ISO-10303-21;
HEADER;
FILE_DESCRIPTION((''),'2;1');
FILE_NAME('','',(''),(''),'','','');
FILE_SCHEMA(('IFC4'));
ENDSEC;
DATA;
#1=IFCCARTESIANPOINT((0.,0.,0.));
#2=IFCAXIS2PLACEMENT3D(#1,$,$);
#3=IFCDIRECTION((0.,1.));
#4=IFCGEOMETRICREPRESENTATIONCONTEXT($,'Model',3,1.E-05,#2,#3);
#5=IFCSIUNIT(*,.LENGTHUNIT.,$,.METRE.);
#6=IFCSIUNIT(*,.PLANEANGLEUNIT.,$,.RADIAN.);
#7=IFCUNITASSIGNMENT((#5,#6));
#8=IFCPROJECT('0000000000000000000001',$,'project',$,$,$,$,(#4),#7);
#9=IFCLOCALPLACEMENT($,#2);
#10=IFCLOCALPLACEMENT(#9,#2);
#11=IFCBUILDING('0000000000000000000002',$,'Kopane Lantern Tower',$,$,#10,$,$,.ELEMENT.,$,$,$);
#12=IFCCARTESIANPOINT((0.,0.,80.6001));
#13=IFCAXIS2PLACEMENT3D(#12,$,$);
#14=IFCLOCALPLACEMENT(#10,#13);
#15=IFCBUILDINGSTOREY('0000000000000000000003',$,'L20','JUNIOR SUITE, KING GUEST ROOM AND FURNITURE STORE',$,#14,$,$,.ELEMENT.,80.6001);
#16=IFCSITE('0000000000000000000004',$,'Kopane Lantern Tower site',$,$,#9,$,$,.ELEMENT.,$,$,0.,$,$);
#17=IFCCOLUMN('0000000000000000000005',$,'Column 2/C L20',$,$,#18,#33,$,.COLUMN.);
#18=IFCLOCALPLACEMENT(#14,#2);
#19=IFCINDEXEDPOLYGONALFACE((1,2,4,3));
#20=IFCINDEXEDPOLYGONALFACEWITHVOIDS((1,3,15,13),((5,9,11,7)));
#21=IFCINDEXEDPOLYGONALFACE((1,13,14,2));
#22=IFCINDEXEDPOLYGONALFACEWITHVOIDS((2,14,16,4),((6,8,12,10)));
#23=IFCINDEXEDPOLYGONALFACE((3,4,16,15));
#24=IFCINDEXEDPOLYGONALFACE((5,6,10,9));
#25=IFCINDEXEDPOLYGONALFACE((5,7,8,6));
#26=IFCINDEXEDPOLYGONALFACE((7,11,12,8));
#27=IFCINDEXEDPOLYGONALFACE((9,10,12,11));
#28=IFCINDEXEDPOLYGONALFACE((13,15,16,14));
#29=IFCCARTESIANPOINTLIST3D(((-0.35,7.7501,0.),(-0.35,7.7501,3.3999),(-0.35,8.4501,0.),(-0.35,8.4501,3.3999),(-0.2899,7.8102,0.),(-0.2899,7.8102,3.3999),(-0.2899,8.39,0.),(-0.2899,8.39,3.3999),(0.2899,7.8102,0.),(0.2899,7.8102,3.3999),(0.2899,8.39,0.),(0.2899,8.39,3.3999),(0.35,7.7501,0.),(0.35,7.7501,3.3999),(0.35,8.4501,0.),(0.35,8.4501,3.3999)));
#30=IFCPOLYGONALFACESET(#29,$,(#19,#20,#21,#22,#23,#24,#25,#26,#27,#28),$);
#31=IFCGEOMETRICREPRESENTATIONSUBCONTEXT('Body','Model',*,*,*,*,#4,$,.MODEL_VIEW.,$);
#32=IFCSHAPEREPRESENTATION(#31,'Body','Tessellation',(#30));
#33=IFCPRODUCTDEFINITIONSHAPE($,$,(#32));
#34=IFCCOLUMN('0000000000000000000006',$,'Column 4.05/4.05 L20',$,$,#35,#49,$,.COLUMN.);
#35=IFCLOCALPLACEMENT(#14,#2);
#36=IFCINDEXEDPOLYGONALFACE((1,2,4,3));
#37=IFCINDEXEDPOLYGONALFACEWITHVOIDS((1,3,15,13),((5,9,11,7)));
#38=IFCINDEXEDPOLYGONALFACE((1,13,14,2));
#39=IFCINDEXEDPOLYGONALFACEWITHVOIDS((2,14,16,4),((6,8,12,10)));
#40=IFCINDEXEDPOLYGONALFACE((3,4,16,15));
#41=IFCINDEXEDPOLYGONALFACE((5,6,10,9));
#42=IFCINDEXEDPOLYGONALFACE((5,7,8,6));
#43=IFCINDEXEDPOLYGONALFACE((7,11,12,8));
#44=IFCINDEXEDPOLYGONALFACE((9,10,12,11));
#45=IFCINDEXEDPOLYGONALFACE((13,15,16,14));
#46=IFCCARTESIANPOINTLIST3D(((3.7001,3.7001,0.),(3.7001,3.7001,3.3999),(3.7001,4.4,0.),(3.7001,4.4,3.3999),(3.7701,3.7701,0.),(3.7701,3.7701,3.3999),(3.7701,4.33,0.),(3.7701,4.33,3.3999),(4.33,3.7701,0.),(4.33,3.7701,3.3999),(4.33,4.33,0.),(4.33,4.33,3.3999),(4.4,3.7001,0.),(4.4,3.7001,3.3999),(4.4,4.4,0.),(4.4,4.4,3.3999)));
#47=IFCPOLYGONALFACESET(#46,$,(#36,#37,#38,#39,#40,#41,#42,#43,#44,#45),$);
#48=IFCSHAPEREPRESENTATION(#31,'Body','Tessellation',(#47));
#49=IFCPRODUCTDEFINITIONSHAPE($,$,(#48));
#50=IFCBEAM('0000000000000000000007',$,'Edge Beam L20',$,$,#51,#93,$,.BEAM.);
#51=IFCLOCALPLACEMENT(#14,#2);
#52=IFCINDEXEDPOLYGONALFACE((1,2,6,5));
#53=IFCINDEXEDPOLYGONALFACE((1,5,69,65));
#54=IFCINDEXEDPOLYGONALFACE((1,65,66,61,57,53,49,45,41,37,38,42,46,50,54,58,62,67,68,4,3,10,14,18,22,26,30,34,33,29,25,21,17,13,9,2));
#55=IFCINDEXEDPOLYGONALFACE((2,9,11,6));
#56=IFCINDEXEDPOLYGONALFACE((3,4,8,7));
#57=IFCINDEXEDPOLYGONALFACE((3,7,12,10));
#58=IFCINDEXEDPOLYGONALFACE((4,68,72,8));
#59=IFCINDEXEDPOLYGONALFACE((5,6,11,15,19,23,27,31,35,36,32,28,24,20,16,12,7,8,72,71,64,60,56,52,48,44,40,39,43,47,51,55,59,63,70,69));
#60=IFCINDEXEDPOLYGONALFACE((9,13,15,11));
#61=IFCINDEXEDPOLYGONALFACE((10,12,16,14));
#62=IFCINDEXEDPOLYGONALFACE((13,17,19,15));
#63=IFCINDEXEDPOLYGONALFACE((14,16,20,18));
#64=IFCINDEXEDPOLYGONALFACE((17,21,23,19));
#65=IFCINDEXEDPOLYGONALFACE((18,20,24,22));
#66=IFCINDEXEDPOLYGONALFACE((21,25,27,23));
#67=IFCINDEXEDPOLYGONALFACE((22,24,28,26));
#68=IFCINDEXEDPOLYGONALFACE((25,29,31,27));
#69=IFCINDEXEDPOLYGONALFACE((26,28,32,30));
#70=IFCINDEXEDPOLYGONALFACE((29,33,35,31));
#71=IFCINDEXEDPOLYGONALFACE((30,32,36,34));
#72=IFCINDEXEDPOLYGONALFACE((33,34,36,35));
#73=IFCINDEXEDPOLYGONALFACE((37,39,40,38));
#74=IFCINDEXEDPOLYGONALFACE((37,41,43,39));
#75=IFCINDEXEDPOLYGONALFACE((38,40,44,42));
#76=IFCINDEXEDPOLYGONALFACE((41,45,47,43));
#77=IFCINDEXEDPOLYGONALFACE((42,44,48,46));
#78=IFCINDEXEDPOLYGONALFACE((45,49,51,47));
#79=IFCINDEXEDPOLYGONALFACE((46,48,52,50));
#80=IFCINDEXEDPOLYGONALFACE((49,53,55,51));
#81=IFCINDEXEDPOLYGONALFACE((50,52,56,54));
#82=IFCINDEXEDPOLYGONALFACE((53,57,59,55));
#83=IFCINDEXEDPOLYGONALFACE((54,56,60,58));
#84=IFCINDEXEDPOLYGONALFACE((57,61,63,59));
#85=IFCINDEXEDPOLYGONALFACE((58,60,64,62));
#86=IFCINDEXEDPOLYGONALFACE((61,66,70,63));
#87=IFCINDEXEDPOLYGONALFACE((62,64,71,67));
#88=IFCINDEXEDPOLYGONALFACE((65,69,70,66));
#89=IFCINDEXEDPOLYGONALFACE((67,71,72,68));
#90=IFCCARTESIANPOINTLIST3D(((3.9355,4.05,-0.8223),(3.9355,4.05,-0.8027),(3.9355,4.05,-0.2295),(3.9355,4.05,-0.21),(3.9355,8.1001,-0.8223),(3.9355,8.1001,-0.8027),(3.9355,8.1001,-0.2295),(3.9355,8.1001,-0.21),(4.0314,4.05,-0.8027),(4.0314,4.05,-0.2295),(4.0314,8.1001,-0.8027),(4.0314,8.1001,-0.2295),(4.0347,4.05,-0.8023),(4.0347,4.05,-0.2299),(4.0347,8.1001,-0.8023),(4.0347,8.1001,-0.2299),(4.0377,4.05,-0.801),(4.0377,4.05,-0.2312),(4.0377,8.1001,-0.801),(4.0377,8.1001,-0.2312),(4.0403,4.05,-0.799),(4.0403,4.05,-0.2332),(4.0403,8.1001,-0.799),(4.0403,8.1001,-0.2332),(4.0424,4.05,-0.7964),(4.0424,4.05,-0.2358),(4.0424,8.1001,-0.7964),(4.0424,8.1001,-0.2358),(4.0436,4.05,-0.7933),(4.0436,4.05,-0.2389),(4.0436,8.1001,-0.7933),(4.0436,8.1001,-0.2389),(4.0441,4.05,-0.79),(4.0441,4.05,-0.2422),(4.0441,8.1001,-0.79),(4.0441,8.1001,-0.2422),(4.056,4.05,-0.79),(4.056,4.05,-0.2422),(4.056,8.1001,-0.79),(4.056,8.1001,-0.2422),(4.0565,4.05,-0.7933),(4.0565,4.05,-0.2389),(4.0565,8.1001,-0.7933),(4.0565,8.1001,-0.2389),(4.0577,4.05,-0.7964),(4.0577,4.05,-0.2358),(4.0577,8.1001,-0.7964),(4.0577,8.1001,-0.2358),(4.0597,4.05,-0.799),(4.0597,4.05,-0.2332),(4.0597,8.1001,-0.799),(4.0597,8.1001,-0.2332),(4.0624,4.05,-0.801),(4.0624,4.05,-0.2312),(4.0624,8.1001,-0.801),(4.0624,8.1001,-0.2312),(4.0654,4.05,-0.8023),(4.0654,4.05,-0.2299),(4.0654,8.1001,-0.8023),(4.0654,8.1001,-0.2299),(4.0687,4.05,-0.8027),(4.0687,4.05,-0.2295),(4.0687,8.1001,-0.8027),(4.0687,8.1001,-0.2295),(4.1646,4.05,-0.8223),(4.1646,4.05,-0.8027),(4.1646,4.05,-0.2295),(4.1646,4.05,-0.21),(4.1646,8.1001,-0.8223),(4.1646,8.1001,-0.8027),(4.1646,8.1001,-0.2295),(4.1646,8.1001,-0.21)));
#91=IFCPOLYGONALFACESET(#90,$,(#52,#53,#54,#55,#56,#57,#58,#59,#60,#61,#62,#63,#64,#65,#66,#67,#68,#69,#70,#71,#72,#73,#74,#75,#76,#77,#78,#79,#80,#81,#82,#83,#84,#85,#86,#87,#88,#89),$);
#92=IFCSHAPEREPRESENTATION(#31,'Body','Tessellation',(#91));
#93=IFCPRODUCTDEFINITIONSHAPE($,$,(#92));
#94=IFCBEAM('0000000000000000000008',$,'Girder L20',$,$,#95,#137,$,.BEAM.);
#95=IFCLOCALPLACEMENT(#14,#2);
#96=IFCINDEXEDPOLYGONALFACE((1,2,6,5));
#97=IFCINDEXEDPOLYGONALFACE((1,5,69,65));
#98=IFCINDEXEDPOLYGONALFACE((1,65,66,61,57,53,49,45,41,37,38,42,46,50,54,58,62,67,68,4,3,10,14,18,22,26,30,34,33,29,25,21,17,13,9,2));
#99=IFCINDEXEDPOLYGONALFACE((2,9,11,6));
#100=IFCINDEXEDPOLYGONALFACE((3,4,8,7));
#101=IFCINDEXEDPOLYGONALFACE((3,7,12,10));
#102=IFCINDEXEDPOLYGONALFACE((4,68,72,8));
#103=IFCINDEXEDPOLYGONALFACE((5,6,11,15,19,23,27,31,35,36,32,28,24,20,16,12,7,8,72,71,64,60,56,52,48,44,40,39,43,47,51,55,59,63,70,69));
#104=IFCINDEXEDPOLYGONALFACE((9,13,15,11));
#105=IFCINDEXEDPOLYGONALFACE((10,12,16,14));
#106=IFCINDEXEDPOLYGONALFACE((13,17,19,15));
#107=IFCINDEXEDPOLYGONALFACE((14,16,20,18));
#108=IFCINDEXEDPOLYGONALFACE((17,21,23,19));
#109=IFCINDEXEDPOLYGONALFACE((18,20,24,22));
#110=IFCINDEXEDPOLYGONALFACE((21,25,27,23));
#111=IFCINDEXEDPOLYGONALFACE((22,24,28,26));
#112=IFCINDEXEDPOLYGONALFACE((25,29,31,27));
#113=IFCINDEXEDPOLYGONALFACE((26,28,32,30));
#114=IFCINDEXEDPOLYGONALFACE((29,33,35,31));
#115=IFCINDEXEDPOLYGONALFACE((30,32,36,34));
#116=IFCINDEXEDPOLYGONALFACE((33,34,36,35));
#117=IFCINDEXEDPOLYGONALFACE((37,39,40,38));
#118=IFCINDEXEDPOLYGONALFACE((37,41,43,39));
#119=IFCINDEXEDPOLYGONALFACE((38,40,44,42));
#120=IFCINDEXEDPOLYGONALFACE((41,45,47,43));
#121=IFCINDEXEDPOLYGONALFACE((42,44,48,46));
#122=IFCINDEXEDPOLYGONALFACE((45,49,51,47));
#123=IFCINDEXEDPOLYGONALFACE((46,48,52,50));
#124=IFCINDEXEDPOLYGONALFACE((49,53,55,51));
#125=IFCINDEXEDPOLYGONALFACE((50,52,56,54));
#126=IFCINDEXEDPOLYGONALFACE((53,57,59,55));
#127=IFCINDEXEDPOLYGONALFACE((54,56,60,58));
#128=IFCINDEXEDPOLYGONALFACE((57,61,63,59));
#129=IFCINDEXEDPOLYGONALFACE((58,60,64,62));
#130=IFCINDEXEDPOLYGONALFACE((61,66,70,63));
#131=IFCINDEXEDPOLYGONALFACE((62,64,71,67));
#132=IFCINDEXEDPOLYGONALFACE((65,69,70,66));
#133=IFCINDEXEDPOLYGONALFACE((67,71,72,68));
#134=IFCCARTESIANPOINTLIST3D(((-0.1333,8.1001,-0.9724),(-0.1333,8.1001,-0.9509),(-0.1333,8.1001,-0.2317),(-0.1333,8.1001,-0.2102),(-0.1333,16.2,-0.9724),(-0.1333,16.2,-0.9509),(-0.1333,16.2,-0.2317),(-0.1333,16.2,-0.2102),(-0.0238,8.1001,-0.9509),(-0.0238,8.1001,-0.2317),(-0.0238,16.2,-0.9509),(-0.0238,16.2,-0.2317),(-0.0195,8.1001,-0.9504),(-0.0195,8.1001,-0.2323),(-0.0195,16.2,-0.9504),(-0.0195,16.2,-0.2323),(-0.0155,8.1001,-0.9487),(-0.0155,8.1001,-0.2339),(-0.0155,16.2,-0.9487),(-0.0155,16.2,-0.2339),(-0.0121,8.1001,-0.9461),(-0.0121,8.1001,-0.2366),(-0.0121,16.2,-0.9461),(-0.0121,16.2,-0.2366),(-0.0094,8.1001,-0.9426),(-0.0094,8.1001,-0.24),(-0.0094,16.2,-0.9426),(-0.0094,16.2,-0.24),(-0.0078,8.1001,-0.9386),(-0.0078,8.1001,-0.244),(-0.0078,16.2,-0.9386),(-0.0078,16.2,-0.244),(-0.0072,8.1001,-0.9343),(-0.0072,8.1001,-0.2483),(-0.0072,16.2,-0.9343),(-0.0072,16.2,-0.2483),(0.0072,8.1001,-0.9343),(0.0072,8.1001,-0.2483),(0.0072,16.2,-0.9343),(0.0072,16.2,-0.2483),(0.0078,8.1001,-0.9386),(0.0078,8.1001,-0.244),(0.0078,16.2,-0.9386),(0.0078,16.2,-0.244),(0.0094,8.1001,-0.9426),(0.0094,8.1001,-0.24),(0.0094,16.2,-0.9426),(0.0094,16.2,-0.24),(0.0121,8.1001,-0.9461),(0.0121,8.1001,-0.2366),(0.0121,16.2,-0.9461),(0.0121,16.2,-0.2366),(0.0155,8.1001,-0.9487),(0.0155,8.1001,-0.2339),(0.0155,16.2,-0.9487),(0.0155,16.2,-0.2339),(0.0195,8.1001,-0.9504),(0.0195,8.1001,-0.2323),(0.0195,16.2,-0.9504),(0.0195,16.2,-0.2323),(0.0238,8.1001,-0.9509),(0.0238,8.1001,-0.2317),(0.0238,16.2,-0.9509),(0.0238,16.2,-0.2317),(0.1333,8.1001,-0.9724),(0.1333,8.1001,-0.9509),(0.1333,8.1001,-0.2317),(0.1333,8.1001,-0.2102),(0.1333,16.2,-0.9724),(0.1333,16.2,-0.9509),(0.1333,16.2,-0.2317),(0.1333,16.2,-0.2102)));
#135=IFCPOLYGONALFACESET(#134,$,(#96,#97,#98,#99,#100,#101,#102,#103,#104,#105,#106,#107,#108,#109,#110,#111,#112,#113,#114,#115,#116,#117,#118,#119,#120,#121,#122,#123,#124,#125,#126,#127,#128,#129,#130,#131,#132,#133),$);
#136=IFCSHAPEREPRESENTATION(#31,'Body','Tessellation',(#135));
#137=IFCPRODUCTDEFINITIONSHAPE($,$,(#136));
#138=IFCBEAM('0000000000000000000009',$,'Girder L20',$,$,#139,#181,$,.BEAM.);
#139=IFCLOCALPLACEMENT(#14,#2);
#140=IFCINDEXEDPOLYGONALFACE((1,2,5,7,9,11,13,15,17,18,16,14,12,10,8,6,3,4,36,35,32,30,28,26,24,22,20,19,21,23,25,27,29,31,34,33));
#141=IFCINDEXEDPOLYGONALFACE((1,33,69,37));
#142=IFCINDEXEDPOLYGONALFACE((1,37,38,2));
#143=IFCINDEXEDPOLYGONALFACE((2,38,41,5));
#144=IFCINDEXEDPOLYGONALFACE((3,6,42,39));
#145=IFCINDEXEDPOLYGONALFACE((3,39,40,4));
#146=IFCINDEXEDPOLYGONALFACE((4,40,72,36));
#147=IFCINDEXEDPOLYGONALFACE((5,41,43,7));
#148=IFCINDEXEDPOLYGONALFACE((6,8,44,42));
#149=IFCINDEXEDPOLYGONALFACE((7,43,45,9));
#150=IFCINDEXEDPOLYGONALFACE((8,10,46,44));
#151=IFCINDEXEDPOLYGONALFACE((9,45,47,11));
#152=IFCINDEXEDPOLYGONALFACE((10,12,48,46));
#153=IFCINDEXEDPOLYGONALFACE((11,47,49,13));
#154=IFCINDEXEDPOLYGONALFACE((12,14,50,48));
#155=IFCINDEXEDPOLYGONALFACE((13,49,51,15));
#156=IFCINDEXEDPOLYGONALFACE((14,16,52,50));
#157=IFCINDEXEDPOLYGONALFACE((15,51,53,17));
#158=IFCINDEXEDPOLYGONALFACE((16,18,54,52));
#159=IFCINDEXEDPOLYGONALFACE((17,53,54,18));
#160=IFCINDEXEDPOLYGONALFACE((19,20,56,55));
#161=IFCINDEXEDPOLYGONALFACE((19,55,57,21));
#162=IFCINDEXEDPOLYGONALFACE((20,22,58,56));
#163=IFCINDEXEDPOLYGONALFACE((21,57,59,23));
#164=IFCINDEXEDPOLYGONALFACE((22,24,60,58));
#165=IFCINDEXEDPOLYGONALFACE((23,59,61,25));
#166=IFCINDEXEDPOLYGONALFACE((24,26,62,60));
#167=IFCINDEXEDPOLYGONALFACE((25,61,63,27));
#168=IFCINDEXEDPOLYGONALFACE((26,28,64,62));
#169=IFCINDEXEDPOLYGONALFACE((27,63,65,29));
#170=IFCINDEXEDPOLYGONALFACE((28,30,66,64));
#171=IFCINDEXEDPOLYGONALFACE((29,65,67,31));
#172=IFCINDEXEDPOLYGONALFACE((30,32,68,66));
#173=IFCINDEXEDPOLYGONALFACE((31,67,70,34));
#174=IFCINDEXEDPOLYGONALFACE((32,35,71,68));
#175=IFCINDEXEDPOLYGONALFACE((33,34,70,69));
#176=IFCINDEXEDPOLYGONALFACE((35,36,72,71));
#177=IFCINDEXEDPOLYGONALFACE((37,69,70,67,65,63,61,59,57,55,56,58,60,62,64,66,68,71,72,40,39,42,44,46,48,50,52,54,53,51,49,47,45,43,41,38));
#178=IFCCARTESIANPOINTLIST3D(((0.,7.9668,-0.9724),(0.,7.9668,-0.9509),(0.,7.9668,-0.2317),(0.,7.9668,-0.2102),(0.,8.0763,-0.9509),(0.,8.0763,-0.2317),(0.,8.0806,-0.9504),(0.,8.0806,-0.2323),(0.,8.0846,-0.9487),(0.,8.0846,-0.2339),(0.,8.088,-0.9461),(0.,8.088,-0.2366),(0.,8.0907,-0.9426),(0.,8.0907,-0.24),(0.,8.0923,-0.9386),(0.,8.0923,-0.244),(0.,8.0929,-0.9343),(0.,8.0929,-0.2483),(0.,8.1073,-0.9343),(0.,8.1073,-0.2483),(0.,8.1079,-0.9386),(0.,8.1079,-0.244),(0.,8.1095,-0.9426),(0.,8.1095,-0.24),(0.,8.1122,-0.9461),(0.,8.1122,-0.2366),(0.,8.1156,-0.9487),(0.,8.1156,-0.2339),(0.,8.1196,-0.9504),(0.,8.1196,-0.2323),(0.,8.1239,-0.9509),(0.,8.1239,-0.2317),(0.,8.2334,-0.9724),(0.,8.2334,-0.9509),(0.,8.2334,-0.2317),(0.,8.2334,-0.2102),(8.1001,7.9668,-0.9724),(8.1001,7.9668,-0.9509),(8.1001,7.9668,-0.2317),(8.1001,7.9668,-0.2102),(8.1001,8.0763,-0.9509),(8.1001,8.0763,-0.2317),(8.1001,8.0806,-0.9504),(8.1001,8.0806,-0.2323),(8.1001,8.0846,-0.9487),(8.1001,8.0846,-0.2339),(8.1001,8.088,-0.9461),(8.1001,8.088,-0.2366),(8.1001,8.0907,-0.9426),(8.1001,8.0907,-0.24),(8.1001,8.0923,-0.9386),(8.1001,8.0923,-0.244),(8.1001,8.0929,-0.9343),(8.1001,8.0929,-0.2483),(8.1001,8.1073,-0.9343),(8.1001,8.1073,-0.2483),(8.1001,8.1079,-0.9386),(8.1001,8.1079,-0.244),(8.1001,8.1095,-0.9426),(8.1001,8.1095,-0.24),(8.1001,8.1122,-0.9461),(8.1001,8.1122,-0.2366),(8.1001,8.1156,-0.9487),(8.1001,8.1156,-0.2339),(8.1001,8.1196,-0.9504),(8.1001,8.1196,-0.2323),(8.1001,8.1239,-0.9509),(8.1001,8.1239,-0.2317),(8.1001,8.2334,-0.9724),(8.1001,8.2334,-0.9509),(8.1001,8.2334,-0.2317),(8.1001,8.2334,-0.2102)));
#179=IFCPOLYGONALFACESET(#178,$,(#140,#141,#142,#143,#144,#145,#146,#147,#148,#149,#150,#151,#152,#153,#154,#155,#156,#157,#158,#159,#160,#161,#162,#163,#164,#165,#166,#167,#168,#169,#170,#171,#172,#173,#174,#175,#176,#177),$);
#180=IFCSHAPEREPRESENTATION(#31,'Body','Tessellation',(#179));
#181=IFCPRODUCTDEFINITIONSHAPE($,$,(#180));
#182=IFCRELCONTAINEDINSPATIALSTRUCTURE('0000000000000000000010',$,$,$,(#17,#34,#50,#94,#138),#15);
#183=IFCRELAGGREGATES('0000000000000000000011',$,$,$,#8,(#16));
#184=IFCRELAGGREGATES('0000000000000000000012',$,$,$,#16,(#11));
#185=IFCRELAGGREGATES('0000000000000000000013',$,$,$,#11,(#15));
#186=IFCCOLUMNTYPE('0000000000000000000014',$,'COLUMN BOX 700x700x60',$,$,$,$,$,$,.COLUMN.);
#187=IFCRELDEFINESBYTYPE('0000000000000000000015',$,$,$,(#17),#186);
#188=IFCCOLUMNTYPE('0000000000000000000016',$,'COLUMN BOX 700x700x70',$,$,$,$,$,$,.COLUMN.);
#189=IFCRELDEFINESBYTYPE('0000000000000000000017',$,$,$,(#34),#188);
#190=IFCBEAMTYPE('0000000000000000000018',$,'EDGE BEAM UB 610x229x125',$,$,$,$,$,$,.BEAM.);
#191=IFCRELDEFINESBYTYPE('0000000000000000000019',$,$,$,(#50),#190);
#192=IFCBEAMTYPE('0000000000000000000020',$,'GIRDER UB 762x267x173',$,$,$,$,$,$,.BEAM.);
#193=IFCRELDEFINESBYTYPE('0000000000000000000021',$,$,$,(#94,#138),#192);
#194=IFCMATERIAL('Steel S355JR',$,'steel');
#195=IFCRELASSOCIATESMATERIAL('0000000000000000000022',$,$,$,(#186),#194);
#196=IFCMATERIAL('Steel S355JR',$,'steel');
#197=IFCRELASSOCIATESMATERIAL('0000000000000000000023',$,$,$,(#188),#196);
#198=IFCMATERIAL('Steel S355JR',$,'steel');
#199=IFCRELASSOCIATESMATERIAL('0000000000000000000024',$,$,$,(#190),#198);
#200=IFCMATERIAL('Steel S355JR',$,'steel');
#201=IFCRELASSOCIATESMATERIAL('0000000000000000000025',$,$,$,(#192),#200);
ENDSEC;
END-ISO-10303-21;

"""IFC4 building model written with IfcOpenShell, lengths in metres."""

from ifc_helpers import new_model, si_unit, direction, frame, origin, origin_2d, place, context, subcontext, project, spatial, hollow_rectangle, i_section, extrude, material, material_profile, profile_set, type_object, element, save


model = new_model("IFC4")

# Units and contexts
model_context = context("Model", 3, precision=1e-05, world=origin(), true_north=direction((0.0, 1.0)))
body_context = subcontext(model_context, "Body", "Model", "MODEL_VIEW")
ifc_project = project(units=[si_unit("LENGTHUNIT", "METRE"), si_unit("PLANEANGLEUNIT", "RADIAN")], contexts=[model_context])

# Site, building, storey
site_placement = place(None, origin())
site = spatial("IfcSite", under=ifc_project, at=site_placement, Name="Kopane Lantern Tower site", CompositionType="ELEMENT", RefElevation=0.0)
building_placement = place(site_placement, origin())
building = spatial("IfcBuilding", under=site, at=building_placement, Name="Kopane Lantern Tower", CompositionType="ELEMENT")
storey_placement = place(building_placement, frame((0.0, 0.0, 80.6001)))
storey = spatial("IfcBuildingStorey", under=building, at=storey_placement, Name="L20", Description="JUNIOR SUITE, KING GUEST ROOM AND FURNITURE STORE", CompositionType="ELEMENT", Elevation=80.6001)

# Columns
ifc_material_1 = material(Name="Steel S355JR", Category="steel")
ifc_material_profile_1 = material_profile(ifc_material_1, hollow_rectangle(XDim=0.7, YDim=0.7, WallThickness=0.0601, at=origin_2d()), Name="BOX 700x700x60")
ifc_profile_set_1 = profile_set([ifc_material_profile_1], Name="Steel S355JR")
column_type_1 = type_object("IfcColumnType", Name="COLUMN BOX 700x700x60", PredefinedType="COLUMN", material=ifc_profile_set_1)
column_1_placement = place(storey_placement, frame((0.0, 8.1001, 0.0), z_axis=(0.0, 0.0, 1.0), x_axis=(1.0, 0.0, 0.0)))
element("IfcColumn", 1, at=column_1_placement, inside=storey, type_object=column_type_1, Name="Column 2/C L20", PredefinedType="COLUMN", context=body_context, shape_type="SweptSolid", body=[
    extrude(hollow_rectangle(XDim=0.7, YDim=0.7, WallThickness=0.0601, at=origin_2d()), origin(), (0.0, 0.0, 1.0), 3.3999),
])
ifc_material_2 = material(Name="Steel S355JR", Category="steel")
ifc_material_profile_2 = material_profile(ifc_material_2, hollow_rectangle(XDim=0.7, YDim=0.7, WallThickness=0.0701, at=origin_2d()), Name="BOX 700x700x70")
ifc_profile_set_2 = profile_set([ifc_material_profile_2], Name="Steel S355JR")
column_type_2 = type_object("IfcColumnType", Name="COLUMN BOX 700x700x70", PredefinedType="COLUMN", material=ifc_profile_set_2)
column_2_placement = place(storey_placement, frame((4.05, 4.05, 0.0), z_axis=(0.0, 0.0, 1.0), x_axis=(1.0, 0.0, 0.0)))
element("IfcColumn", 2, at=column_2_placement, inside=storey, type_object=column_type_2, Name="Column 4.05/4.05 L20", PredefinedType="COLUMN", context=body_context, shape_type="SweptSolid", body=[
    extrude(hollow_rectangle(XDim=0.7, YDim=0.7, WallThickness=0.0701, at=origin_2d()), origin(), (0.0, 0.0, 1.0), 3.3999),
])

# Beams
ifc_material_3 = material(Name="Steel S355JR", Category="steel")
ifc_material_profile_3 = material_profile(ifc_material_3, i_section(OverallWidth=0.229, OverallDepth=0.6123, WebThickness=0.012, FlangeThickness=0.0195, FilletRadius=0.0127, at=origin_2d()), Name="UB 610x229x125")
ifc_profile_set_3 = profile_set([ifc_material_profile_3], Name="Steel S355JR")
beam_type_1 = type_object("IfcBeamType", Name="EDGE BEAM UB 610x229x125", PredefinedType="BEAM", material=ifc_profile_set_3)
beam_1_placement = place(storey_placement, frame((4.05, 4.05, -0.5161), z_axis=(0.0, 1.0, 0.0), x_axis=(-1.0, 0.0, 0.0)))
element("IfcBeam", 3, at=beam_1_placement, inside=storey, type_object=beam_type_1, Name="Edge Beam L20", PredefinedType="BEAM", context=body_context, shape_type="SweptSolid", body=[
    extrude(i_section(OverallWidth=0.229, OverallDepth=0.6123, WebThickness=0.012, FlangeThickness=0.0195, FilletRadius=0.0127, at=origin_2d()), origin(), (0.0, 0.0, 1.0), 4.05),
])
ifc_material_4 = material(Name="Steel S355JR", Category="steel")
ifc_material_profile_4 = material_profile(ifc_material_4, i_section(OverallWidth=0.2666, OverallDepth=0.7622, WebThickness=0.0144, FlangeThickness=0.0215, FilletRadius=0.0166, at=origin_2d()), Name="UB 762x267x173")
ifc_profile_set_4 = profile_set([ifc_material_profile_4], Name="Steel S355JR")
beam_type_2 = type_object("IfcBeamType", Name="GIRDER UB 762x267x173", PredefinedType="BEAM", material=ifc_profile_set_4)
beam_2_placement = place(storey_placement, frame((0.0, 8.1001, -0.5913), z_axis=(0.0, 1.0, 0.0), x_axis=(-1.0, 0.0, 0.0)))
element("IfcBeam", 4, at=beam_2_placement, inside=storey, type_object=beam_type_2, Name="Girder L20", PredefinedType="BEAM", context=body_context, shape_type="SweptSolid", body=[
    extrude(i_section(OverallWidth=0.2666, OverallDepth=0.7622, WebThickness=0.0144, FlangeThickness=0.0215, FilletRadius=0.0166, at=origin_2d()), origin(), (0.0, 0.0, 1.0), 8.0999),
])
beam_3_placement = place(storey_placement, frame((0.0, 8.1001, -0.5913), z_axis=(1.0, 0.0, 0.0), x_axis=(0.0, 1.0, 0.0)))
element("IfcBeam", 5, at=beam_3_placement, inside=storey, type_object=beam_type_2, Name="Girder L20", PredefinedType="BEAM", context=body_context, shape_type="SweptSolid", body=[
    extrude(i_section(OverallWidth=0.2666, OverallDepth=0.7622, WebThickness=0.0144, FlangeThickness=0.0215, FilletRadius=0.0166, at=origin_2d()), origin(), (0.0, 0.0, 1.0), 8.1001),
])

save(model, "model.ifc")
